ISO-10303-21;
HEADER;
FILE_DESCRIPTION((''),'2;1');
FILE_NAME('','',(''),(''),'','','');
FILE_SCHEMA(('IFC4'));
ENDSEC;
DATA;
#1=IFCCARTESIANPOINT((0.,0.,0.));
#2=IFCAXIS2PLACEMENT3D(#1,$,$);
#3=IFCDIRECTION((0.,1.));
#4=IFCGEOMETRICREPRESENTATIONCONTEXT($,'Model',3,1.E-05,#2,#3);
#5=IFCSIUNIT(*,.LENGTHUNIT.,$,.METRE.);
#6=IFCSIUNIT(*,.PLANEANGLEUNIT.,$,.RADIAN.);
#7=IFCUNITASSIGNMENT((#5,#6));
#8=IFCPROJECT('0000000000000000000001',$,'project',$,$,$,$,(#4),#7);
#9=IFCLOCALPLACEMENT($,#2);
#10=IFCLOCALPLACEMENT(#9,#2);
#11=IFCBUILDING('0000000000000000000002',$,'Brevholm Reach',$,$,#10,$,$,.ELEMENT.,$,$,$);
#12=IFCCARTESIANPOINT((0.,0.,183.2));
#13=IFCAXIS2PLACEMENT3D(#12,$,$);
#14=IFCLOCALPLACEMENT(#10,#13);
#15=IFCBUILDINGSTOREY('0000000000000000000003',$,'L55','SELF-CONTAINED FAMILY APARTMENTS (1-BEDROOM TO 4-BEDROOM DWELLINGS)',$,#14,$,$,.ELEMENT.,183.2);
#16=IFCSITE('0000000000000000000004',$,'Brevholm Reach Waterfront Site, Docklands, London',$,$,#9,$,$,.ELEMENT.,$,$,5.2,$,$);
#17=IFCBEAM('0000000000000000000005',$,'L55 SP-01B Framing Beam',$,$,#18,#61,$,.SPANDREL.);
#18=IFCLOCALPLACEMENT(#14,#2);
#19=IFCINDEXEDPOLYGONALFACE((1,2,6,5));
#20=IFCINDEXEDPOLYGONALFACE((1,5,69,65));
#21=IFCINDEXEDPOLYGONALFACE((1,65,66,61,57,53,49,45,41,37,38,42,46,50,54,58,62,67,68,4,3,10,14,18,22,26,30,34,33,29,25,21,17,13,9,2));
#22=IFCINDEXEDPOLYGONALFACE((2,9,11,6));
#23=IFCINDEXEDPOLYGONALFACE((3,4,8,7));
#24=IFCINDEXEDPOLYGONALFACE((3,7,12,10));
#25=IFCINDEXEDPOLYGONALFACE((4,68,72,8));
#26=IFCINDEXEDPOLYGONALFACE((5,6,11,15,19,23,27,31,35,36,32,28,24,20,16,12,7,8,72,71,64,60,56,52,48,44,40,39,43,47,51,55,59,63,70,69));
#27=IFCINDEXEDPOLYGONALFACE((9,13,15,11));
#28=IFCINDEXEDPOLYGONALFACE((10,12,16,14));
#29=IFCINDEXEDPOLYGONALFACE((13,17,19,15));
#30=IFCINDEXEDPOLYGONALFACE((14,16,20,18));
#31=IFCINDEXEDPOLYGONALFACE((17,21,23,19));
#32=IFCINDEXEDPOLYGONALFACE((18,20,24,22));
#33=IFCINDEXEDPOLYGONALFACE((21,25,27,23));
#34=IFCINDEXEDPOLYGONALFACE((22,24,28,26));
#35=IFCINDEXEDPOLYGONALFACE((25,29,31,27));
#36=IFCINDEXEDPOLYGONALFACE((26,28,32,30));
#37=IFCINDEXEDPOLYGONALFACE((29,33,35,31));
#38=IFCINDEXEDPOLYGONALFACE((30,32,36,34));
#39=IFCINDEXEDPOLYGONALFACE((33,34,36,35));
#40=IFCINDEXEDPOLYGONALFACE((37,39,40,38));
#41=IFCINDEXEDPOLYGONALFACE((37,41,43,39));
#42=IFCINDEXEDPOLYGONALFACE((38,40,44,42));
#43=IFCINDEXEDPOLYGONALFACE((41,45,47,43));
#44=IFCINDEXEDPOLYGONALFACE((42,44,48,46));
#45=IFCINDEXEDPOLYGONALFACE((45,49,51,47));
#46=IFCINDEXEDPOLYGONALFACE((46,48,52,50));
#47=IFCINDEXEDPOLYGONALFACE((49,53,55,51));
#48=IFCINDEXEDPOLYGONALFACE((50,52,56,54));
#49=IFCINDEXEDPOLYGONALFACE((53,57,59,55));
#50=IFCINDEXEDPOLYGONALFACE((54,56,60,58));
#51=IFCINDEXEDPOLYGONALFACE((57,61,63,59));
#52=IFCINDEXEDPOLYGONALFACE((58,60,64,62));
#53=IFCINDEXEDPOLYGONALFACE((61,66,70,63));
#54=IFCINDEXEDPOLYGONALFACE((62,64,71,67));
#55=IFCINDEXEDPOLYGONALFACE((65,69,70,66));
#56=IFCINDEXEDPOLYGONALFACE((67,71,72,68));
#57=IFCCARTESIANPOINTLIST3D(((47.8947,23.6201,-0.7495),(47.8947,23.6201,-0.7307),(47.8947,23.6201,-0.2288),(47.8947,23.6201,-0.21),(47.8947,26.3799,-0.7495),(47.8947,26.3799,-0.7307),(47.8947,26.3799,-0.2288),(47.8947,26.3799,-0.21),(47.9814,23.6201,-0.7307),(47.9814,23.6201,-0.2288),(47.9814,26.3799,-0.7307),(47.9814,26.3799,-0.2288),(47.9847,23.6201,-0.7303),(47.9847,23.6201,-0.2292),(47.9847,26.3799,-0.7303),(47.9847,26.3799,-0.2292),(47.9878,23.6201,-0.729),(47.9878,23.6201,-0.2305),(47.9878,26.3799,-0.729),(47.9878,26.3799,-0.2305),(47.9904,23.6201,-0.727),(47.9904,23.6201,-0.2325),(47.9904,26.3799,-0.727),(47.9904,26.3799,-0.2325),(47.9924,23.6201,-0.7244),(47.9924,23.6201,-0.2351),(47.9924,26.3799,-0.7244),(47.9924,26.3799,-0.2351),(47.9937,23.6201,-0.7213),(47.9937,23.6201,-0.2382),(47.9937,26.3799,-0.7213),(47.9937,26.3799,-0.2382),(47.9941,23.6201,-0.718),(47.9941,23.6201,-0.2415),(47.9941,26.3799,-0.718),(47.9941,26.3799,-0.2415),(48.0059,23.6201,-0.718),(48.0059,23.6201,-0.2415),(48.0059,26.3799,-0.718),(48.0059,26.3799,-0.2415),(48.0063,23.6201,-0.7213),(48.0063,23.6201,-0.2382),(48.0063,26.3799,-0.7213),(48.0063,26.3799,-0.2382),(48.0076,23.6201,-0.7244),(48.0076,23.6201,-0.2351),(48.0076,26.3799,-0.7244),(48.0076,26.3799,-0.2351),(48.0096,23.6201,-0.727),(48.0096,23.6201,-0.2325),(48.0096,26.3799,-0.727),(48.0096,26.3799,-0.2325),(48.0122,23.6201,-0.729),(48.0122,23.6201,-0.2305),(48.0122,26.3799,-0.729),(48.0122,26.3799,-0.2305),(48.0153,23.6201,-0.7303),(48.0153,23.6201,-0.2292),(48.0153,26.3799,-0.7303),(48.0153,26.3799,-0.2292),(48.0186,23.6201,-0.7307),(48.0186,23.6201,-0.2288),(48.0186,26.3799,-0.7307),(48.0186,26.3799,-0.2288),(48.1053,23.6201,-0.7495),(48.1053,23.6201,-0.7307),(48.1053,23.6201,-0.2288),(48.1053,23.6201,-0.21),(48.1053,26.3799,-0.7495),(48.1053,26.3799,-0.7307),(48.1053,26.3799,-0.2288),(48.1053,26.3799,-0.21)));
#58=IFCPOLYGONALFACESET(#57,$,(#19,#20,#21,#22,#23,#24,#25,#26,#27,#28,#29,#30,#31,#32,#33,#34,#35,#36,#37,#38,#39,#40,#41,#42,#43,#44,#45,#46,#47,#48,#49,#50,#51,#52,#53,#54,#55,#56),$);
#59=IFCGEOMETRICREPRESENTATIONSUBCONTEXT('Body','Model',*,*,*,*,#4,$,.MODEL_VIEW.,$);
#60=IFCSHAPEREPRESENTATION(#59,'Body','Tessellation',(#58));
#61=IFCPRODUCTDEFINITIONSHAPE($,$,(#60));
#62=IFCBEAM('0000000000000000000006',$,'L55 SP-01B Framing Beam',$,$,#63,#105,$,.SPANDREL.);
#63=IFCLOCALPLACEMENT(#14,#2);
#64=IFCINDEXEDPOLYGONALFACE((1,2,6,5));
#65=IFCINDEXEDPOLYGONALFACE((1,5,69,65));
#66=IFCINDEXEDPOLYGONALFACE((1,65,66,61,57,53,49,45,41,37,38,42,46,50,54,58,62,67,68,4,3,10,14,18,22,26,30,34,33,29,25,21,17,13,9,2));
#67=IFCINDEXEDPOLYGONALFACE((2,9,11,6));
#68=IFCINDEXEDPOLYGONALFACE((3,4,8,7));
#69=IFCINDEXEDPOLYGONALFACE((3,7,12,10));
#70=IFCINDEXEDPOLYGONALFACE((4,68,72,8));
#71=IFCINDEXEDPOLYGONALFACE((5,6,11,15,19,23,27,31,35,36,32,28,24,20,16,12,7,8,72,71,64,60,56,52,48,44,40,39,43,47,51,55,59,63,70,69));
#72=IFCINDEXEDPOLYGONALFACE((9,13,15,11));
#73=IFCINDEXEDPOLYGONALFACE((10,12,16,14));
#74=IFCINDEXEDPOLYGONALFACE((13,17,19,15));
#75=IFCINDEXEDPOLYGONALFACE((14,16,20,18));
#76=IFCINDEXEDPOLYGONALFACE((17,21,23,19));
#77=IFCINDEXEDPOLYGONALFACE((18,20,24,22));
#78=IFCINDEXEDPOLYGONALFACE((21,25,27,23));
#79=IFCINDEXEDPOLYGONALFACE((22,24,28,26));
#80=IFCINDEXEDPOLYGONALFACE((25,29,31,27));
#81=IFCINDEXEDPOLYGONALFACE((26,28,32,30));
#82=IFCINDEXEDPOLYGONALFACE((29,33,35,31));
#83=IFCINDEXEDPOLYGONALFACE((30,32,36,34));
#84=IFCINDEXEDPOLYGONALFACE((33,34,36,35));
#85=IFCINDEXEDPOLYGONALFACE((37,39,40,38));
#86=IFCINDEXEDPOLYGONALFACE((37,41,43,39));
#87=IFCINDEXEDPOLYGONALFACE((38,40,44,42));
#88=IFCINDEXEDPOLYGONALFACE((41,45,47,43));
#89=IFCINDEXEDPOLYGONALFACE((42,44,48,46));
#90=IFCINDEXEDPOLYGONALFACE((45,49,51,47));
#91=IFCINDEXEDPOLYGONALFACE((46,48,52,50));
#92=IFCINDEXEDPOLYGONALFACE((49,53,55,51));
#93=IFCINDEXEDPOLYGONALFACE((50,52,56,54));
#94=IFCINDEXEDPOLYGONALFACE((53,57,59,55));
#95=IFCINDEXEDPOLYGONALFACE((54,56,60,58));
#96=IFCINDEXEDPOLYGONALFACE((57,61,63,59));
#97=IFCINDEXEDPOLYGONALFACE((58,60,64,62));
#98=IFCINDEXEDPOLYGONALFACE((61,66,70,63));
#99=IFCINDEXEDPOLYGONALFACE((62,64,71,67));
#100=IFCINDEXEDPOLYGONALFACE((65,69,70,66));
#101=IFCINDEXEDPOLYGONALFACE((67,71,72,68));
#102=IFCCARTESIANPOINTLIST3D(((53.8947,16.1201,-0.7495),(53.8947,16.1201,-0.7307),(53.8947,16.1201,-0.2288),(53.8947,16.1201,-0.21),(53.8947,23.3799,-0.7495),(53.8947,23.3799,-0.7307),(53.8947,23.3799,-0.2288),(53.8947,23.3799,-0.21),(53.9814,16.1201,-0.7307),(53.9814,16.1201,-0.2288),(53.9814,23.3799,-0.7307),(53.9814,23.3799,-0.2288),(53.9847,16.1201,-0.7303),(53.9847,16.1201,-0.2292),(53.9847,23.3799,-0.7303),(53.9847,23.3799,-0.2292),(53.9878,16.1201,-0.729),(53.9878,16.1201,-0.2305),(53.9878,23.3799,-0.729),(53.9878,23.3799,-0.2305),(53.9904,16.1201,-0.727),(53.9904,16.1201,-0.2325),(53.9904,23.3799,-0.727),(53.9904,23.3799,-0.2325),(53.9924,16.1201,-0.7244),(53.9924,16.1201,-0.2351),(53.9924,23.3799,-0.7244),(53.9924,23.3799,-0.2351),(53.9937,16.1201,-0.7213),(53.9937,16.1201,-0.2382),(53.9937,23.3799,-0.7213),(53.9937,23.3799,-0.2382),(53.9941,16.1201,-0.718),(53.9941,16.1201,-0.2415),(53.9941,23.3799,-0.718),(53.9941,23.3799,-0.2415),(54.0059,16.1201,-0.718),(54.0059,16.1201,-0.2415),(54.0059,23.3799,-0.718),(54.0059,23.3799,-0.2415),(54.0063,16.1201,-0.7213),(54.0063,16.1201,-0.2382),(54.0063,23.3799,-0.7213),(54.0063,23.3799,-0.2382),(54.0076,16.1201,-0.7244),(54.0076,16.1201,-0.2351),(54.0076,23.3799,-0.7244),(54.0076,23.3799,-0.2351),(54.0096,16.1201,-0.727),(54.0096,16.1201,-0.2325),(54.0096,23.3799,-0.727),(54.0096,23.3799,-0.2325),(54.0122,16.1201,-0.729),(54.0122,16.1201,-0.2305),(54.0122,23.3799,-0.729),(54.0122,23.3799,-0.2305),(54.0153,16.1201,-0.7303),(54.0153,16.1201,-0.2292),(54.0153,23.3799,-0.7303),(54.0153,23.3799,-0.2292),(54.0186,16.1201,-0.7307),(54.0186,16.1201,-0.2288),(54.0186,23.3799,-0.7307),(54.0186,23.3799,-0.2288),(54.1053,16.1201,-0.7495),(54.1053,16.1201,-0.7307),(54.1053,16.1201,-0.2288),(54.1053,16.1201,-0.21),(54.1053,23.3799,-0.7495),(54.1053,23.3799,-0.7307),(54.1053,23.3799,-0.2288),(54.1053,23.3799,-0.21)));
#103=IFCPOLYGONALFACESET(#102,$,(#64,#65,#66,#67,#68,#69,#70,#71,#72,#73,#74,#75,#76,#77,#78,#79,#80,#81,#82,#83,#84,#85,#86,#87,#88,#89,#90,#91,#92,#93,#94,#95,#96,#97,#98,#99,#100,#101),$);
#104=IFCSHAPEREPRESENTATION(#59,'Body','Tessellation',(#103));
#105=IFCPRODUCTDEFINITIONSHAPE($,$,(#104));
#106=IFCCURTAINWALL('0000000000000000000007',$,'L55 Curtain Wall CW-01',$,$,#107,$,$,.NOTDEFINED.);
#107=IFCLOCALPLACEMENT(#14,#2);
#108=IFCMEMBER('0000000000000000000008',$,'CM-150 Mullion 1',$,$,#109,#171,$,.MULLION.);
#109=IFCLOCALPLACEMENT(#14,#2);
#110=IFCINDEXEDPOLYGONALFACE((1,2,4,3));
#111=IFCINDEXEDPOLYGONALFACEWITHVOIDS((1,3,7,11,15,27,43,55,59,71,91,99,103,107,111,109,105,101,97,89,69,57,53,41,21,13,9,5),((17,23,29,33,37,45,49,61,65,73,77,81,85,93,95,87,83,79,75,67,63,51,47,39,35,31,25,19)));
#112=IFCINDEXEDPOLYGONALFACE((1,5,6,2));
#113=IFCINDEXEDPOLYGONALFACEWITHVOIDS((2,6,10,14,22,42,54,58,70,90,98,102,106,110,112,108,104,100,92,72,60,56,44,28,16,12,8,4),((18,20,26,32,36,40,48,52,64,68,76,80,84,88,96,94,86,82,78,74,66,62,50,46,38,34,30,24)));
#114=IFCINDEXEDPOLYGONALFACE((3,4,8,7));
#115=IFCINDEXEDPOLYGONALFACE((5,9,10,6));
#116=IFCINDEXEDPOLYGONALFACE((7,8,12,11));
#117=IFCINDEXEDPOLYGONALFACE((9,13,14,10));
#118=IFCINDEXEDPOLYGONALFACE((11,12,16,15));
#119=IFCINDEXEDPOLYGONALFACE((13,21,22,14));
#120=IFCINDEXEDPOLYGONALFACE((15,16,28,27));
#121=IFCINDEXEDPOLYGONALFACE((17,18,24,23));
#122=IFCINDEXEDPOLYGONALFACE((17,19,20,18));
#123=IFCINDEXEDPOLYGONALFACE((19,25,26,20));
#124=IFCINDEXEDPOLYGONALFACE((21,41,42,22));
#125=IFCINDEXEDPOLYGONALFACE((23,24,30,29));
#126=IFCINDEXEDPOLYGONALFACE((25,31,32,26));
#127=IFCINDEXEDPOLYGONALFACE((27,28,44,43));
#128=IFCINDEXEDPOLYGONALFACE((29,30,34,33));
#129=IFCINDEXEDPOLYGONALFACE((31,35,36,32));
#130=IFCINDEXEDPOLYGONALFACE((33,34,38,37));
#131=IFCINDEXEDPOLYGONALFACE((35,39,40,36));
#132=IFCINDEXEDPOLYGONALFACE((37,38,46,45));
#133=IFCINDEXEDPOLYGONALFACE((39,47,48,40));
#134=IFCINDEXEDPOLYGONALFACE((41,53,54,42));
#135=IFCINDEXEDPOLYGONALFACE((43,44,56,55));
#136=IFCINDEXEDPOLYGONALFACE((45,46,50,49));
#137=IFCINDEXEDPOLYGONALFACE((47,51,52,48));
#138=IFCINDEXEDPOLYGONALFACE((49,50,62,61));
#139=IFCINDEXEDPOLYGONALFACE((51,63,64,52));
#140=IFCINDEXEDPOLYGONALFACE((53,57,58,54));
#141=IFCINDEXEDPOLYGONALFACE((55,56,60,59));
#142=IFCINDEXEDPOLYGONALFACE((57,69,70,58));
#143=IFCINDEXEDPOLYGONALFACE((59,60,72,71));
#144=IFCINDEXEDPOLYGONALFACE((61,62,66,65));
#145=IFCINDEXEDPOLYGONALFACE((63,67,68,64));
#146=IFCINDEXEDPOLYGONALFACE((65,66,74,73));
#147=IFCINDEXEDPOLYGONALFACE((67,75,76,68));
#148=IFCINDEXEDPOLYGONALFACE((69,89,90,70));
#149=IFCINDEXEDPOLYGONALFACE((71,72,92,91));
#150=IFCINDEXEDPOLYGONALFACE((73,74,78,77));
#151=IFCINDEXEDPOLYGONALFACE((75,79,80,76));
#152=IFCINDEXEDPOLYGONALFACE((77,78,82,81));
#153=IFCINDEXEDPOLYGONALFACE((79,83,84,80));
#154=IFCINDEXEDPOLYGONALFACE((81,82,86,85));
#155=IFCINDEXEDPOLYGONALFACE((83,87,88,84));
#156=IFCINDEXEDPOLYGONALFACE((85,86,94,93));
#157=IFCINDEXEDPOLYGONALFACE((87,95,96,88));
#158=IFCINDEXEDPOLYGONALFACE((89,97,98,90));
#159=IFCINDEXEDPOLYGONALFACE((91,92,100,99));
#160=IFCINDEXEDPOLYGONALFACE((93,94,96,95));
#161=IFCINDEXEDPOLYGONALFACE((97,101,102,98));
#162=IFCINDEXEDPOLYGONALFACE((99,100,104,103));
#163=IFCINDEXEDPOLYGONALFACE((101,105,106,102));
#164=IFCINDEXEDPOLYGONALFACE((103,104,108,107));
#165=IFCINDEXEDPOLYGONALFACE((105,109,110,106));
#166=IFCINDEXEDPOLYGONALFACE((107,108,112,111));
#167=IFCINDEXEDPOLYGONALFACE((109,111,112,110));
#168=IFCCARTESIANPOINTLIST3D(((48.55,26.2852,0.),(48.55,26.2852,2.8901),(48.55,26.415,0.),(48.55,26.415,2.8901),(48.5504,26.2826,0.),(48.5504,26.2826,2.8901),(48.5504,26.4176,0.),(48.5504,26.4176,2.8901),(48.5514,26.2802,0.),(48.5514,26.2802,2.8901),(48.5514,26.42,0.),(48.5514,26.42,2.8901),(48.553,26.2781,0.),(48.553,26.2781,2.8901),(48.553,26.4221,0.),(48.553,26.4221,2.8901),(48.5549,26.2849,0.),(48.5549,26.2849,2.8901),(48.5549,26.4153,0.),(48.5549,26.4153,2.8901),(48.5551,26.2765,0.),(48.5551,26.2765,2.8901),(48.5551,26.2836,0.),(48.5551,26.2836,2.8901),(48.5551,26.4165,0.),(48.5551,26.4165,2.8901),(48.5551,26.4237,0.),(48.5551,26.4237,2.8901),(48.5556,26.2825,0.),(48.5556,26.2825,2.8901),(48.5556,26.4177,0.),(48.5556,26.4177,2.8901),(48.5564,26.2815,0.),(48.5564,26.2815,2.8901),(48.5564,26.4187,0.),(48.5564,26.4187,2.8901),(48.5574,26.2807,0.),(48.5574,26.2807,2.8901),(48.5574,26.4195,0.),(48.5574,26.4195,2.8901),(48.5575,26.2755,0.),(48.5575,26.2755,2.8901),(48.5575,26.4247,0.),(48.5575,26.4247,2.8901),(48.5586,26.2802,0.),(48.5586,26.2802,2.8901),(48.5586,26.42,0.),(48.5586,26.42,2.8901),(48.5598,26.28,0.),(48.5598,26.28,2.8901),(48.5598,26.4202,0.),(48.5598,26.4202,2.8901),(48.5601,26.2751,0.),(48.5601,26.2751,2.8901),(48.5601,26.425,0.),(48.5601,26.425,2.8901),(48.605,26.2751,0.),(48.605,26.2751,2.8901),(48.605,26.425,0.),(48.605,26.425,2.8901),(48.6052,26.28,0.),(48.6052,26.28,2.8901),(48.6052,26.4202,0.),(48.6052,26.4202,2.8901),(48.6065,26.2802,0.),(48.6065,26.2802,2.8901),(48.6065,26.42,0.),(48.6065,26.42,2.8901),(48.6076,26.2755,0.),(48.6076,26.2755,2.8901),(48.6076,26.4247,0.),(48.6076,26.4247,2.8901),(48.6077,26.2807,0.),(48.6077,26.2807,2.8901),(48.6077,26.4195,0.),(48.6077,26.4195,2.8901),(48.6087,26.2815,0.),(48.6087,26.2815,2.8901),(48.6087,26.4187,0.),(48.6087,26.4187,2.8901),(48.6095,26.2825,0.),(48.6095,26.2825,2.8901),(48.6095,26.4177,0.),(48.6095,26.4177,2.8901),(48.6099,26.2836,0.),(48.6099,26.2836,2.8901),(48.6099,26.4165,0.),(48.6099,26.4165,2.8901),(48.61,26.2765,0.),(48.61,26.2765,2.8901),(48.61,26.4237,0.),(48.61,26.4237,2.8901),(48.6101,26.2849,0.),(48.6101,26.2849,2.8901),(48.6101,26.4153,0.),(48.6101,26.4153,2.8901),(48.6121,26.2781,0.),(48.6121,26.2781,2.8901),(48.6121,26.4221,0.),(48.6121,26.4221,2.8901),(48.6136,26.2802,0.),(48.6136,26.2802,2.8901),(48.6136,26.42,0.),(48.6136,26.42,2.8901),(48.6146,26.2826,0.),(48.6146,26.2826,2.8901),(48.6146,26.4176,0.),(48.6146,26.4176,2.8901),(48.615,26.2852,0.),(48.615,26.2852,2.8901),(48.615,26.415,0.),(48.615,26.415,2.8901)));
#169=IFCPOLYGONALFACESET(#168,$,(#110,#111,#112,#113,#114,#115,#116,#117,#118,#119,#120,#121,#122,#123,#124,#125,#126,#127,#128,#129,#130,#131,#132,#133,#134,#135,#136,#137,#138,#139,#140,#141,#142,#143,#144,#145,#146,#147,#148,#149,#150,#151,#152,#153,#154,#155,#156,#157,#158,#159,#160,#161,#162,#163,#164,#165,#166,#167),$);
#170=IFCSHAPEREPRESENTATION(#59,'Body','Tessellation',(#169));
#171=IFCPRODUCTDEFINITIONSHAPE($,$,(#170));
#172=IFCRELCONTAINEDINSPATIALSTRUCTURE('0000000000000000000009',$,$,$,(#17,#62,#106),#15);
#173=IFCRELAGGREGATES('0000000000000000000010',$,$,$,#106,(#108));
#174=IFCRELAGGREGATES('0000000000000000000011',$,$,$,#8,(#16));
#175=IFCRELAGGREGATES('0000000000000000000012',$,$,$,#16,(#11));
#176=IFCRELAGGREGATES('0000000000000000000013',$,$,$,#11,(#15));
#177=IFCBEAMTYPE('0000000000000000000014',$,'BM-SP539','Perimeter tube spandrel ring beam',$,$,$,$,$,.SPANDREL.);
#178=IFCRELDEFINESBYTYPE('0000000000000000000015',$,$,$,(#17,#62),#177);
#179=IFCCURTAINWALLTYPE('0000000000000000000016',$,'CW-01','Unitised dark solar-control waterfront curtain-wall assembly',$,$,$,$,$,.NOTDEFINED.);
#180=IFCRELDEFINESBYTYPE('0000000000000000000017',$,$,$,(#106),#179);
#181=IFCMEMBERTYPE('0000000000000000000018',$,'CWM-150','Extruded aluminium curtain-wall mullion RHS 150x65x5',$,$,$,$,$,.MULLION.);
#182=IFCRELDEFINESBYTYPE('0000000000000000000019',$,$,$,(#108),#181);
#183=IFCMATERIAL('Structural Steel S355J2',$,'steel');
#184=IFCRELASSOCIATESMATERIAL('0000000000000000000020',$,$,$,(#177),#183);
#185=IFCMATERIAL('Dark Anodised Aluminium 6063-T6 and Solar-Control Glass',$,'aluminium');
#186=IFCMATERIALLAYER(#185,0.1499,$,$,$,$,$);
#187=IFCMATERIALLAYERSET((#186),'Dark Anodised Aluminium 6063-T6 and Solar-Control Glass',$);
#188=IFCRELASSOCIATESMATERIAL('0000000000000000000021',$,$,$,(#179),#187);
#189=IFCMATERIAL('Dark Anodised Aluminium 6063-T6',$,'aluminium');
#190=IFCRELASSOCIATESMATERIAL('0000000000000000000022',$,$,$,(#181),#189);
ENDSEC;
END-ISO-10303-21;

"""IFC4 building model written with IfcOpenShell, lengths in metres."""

from ifc_helpers import new_model, si_unit, direction, frame, origin, origin_2d, place, context, subcontext, project, spatial, hollow_rectangle, i_section, extrude, material, layer, layer_set, material_profile, profile_set, type_object, element, aggregate, save


model = new_model("IFC4")

# Units and contexts
model_context = context("Model", 3, precision=1e-05, world=origin(), true_north=direction((0.0, 1.0)))
body_context = subcontext(model_context, "Body", "Model", "MODEL_VIEW")
ifc_project = project(units=[si_unit("LENGTHUNIT", "METRE"), si_unit("PLANEANGLEUNIT", "RADIAN")], contexts=[model_context])

# Site, building, storey
site_placement = place(None, origin())
site = spatial("IfcSite", under=ifc_project, at=site_placement, Name="Brevholm Reach Waterfront Site, Docklands, London", CompositionType="ELEMENT", RefElevation=5.2)
building_placement = place(site_placement, origin())
building = spatial("IfcBuilding", under=site, at=building_placement, Name="Brevholm Reach", CompositionType="ELEMENT")
storey_placement = place(building_placement, frame((0.0, 0.0, 183.2)))
storey = spatial("IfcBuildingStorey", under=building, at=storey_placement, Name="L55", Description="SELF-CONTAINED FAMILY APARTMENTS (1-BEDROOM TO 4-BEDROOM DWELLINGS)", CompositionType="ELEMENT", Elevation=183.2)

# Beams
ifc_material_1 = material(Name="Structural Steel S355J2", Category="steel")
ifc_material_profile_1 = material_profile(ifc_material_1, i_section(OverallWidth=0.2107, OverallDepth=0.5396, WebThickness=0.0117, FlangeThickness=0.0188, FilletRadius=0.0127, at=origin_2d()), Name="UKB 533x210x109")
ifc_profile_set_1 = profile_set([ifc_material_profile_1], Name="Structural Steel S355J2")
beam_type_1 = type_object("IfcBeamType", Name="BM-SP539", Description="Perimeter tube spandrel ring beam", PredefinedType="SPANDREL", material=ifc_profile_set_1)
beam_1_placement = place(storey_placement, frame((48.0, 23.6201, -0.4797), z_axis=(0.0, 1.0, 0.0), x_axis=(-1.0, 0.0, 0.0)))
element("IfcBeam", 1, at=beam_1_placement, inside=storey, type_object=beam_type_1, Name="L55 SP-01B Framing Beam", PredefinedType="SPANDREL", context=body_context, shape_type="SweptSolid", body=[
    extrude(i_section(OverallWidth=0.2107, OverallDepth=0.5396, WebThickness=0.0117, FlangeThickness=0.0188, FilletRadius=0.0127, at=origin_2d()), origin(), (0.0, 0.0, 1.0), 2.7598),
])
beam_2_placement = place(storey_placement, frame((54.0, 16.1201, -0.4797), z_axis=(0.0, 1.0, 0.0), x_axis=(-1.0, 0.0, 0.0)))
element("IfcBeam", 2, at=beam_2_placement, inside=storey, type_object=beam_type_1, Name="L55 SP-01B Framing Beam", PredefinedType="SPANDREL", context=body_context, shape_type="SweptSolid", body=[
    extrude(i_section(OverallWidth=0.2107, OverallDepth=0.5396, WebThickness=0.0117, FlangeThickness=0.0188, FilletRadius=0.0127, at=origin_2d()), origin(), (0.0, 0.0, 1.0), 7.2598),
])

# Curtain wall, member
ifc_material_2 = material(Name="Dark Anodised Aluminium 6063-T6 and Solar-Control Glass", Category="aluminium")
ifc_layer_1 = layer(ifc_material_2, 0.1499)
ifc_layer_set_1 = layer_set([ifc_layer_1], Name="Dark Anodised Aluminium 6063-T6 and Solar-Control Glass")
curtain_wall_type = type_object("IfcCurtainWallType", Name="CW-01", Description="Unitised dark solar-control waterfront curtain-wall assembly", PredefinedType="NOTDEFINED", material=ifc_layer_set_1)
curtain_wall_placement = place(storey_placement, origin())
curtain_wall = element("IfcCurtainWall", 3, at=curtain_wall_placement, inside=storey, type_object=curtain_wall_type, Name="L55 Curtain Wall CW-01", PredefinedType="NOTDEFINED")
ifc_material_3 = material(Name="Dark Anodised Aluminium 6063-T6", Category="aluminium")
ifc_material_profile_2 = material_profile(ifc_material_3, hollow_rectangle(XDim=0.0649, YDim=0.1499, WallThickness=0.0049, InnerFilletRadius=0.0049, OuterFilletRadius=0.01, at=origin_2d()), Name="RHS 150x65x5")
ifc_profile_set_2 = profile_set([ifc_material_profile_2], Name="Dark Anodised Aluminium 6063-T6")
member_type_1 = type_object("IfcMemberType", Name="CWM-150", Description="Extruded aluminium curtain-wall mullion RHS 150x65x5", PredefinedType="MULLION", material=ifc_profile_set_2)
member_1_placement = place(storey_placement, frame((48.5825, 26.3501, 0.0), z_axis=(0.0, 0.0, 1.0), x_axis=(1.0, 0.0, 0.0)))
member_1 = element("IfcMember", 4, at=member_1_placement, type_object=member_type_1, Name="CM-150 Mullion 1", PredefinedType="MULLION", context=body_context, shape_type="SweptSolid", body=[
    extrude(hollow_rectangle(XDim=0.0649, YDim=0.1499, WallThickness=0.0049, InnerFilletRadius=0.0049, OuterFilletRadius=0.01, at=origin_2d()), origin(), (0.0, 0.0, 1.0), 2.8901),
])
aggregate(curtain_wall, [member_1])

save(model, "model.ifc")
